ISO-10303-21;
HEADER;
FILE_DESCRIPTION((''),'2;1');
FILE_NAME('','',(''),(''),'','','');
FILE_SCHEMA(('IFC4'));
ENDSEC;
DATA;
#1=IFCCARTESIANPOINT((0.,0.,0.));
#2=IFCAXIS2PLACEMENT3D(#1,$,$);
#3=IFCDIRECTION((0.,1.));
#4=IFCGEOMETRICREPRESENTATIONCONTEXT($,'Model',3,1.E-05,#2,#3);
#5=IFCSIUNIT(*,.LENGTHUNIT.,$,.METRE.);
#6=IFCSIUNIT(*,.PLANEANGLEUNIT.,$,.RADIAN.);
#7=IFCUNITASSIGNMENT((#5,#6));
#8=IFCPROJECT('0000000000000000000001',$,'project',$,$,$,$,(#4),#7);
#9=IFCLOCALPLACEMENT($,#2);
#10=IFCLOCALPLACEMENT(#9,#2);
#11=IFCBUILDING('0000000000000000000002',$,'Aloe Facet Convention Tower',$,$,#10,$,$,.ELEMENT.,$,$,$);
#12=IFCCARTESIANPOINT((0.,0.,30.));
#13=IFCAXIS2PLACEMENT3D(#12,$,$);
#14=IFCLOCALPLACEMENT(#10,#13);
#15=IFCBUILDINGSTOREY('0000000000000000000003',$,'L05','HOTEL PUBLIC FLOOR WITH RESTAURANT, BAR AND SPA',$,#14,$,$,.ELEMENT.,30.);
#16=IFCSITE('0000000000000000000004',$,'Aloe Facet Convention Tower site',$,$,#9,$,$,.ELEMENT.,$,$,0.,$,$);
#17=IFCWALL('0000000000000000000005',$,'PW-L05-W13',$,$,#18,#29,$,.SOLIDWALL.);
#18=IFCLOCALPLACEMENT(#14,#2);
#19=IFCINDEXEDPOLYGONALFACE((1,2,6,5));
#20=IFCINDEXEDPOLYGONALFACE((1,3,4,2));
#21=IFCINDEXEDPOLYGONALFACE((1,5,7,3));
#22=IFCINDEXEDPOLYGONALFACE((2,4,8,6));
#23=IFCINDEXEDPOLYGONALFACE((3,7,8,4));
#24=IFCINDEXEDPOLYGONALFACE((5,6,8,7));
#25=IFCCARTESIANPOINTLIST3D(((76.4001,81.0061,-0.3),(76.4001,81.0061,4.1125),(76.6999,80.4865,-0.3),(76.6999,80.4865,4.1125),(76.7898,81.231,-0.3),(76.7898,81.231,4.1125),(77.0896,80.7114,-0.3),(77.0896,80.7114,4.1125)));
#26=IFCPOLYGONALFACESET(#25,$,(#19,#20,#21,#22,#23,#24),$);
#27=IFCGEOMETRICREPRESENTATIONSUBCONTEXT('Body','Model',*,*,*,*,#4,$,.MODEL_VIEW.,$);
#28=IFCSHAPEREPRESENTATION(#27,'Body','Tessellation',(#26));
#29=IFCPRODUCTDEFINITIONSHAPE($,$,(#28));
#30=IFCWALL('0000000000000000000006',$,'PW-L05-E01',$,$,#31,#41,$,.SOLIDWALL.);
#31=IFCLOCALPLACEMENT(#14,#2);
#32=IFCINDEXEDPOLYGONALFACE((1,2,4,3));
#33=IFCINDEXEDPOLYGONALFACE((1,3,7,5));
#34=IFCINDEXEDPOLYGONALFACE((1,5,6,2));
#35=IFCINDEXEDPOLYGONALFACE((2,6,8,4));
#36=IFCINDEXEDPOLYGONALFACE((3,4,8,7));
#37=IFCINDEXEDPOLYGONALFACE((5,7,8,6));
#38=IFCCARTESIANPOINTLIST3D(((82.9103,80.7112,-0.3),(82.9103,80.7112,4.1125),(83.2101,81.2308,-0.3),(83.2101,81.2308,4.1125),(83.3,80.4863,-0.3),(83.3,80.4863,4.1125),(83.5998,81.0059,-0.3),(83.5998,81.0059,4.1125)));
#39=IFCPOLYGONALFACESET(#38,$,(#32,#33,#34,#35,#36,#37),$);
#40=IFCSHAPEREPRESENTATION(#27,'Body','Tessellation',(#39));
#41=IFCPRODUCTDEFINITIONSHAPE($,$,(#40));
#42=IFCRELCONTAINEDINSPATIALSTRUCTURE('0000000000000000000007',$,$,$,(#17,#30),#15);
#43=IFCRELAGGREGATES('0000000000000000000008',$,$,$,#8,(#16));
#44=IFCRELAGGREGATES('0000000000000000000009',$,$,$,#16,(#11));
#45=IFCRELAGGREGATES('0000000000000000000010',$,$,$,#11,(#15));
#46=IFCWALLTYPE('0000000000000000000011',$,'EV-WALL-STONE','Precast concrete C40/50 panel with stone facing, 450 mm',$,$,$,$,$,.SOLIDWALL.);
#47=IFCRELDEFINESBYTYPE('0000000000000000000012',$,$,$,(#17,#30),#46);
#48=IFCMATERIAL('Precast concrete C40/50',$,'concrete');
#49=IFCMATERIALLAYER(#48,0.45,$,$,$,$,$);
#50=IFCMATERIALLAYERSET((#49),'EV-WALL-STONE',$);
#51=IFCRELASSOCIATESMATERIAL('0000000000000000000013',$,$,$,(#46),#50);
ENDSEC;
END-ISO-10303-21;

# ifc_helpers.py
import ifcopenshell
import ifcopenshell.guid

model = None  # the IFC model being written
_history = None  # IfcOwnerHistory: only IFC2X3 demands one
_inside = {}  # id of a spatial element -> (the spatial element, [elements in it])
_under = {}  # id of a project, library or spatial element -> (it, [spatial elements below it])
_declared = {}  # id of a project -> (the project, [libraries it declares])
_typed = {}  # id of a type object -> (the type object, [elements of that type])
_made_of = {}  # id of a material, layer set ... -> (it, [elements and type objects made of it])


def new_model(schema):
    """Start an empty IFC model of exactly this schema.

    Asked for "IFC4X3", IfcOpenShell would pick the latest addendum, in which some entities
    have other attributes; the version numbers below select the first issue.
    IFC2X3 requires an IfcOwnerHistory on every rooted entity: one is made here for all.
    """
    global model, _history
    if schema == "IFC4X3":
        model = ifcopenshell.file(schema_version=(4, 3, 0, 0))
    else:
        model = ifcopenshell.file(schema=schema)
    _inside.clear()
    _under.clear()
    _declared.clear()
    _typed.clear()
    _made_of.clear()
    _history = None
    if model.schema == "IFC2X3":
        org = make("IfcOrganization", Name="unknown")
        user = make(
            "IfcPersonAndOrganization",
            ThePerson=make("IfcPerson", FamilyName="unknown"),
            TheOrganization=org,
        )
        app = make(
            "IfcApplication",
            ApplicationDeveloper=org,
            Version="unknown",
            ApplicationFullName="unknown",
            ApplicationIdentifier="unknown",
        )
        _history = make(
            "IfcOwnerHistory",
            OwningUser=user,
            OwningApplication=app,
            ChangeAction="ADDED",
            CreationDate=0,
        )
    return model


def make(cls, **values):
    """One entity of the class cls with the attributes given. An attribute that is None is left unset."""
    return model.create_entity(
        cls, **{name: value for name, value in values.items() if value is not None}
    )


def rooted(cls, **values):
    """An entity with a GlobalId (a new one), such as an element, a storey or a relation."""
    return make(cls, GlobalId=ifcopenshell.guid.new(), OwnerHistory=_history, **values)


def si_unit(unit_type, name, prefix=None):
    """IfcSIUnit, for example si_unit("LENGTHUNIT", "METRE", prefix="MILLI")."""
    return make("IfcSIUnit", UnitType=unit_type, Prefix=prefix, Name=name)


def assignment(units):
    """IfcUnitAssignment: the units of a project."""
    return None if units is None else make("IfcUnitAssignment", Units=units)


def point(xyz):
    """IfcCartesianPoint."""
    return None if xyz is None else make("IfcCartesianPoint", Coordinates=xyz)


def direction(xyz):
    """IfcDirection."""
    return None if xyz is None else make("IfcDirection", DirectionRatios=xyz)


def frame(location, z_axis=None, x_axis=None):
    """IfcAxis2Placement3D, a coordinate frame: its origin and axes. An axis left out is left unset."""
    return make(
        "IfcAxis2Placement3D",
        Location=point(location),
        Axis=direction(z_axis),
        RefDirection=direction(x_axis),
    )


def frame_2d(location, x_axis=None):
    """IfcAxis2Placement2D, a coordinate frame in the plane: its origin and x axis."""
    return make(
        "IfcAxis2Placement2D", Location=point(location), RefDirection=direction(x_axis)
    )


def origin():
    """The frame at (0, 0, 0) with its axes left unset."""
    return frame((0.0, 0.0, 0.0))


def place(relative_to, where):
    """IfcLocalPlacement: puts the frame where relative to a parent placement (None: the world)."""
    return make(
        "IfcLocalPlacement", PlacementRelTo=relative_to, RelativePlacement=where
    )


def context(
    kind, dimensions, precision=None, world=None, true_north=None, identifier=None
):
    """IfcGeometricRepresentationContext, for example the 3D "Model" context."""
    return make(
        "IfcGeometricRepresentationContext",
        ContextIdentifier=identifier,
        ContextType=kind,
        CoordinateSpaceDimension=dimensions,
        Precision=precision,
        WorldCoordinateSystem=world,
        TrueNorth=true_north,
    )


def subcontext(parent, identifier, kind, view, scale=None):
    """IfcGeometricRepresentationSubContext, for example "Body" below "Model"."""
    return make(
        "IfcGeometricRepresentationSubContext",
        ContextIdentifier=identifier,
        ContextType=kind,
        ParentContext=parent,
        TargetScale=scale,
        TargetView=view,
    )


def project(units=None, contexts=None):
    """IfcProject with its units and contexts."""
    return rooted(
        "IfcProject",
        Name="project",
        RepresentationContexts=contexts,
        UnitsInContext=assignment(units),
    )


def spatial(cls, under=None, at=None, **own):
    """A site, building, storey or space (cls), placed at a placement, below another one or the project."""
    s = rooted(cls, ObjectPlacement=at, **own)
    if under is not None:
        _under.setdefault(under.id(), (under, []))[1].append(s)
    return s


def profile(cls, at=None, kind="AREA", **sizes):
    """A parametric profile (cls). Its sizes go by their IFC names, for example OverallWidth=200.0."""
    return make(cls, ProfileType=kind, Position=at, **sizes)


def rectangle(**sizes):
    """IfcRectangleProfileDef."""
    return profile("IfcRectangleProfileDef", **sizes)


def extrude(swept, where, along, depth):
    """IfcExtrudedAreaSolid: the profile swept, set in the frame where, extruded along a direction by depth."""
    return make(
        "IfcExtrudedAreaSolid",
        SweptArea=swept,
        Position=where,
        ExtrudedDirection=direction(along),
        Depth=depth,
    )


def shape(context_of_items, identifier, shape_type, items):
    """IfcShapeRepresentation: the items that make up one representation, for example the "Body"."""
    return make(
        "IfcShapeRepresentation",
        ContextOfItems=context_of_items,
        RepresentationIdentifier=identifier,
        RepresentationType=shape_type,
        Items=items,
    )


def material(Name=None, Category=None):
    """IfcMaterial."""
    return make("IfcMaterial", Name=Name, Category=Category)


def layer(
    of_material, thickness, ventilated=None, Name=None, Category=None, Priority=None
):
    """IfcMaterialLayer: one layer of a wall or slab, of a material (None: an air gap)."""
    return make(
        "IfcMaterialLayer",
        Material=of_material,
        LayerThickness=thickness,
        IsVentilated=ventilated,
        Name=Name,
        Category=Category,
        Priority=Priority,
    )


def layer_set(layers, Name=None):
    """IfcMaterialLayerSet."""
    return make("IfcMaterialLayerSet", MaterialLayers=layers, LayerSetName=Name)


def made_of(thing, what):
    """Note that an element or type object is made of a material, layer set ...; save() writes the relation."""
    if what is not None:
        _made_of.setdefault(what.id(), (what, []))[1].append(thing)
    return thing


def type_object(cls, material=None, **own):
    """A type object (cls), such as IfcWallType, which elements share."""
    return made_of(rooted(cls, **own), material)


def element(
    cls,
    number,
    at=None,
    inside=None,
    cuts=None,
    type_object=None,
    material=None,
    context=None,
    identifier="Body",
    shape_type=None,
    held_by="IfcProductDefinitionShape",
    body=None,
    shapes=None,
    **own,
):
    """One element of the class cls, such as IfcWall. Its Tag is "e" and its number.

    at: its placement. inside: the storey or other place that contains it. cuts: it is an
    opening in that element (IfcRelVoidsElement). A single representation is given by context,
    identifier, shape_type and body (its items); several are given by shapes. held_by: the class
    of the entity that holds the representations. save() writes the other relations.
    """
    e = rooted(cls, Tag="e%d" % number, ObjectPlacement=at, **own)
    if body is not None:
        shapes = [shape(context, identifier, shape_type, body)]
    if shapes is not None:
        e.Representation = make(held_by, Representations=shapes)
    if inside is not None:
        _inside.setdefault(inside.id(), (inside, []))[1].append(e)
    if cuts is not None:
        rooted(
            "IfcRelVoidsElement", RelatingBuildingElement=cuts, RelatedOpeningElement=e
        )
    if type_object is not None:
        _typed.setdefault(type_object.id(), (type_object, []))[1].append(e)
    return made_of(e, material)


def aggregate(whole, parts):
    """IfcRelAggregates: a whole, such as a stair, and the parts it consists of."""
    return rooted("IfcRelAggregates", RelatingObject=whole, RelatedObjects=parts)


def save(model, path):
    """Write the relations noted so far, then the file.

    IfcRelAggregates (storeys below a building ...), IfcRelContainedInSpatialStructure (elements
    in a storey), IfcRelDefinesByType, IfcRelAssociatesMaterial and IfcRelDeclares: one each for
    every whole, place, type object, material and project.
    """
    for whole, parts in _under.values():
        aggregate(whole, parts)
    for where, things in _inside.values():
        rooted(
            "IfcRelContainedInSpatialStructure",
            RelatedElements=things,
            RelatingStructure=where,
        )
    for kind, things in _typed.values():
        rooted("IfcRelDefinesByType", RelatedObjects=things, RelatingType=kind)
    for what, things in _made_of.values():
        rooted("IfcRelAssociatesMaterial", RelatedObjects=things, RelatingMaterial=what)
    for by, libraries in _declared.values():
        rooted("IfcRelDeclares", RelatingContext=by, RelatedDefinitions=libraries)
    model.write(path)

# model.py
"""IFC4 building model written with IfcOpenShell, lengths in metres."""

from ifc_helpers import new_model, si_unit, direction, frame, frame_2d, origin, place, context, subcontext, project, spatial, rectangle, extrude, material, layer, layer_set, type_object, element, save


model = new_model("IFC4")

# Units and contexts
model_context = context("Model", 3, precision=1e-05, world=origin(), true_north=direction((0.0, 1.0)))
body_context = subcontext(model_context, "Body", "Model", "MODEL_VIEW")
ifc_project = project(units=[si_unit("LENGTHUNIT", "METRE"), si_unit("PLANEANGLEUNIT", "RADIAN")], contexts=[model_context])

# Site, building, storey
site_placement = place(None, origin())
site = spatial("IfcSite", under=ifc_project, at=site_placement, Name="Aloe Facet Convention Tower site", CompositionType="ELEMENT", RefElevation=0.0)
building_placement = place(site_placement, origin())
building = spatial("IfcBuilding", under=site, at=building_placement, Name="Aloe Facet Convention Tower", CompositionType="ELEMENT")
storey_placement = place(building_placement, frame((0.0, 0.0, 30.0)))
storey = spatial("IfcBuildingStorey", under=building, at=storey_placement, Name="L05", Description="HOTEL PUBLIC FLOOR WITH RESTAURANT, BAR AND SPA", CompositionType="ELEMENT", Elevation=30.0)

# Walls
ifc_material_1 = material(Name="Precast concrete C40/50", Category="concrete")
ifc_layer_1 = layer(ifc_material_1, 0.45)
ifc_layer_set_1 = layer_set([ifc_layer_1], Name="EV-WALL-STONE")
wall_type_1 = type_object("IfcWallType", Name="EV-WALL-STONE", Description="Precast concrete C40/50 panel with stone facing, 450 mm", PredefinedType="SOLIDWALL", material=ifc_layer_set_1)
for number, where, z_axis, x_axis, name in (
    (1, (76.595, 81.1184, -0.3), (0.0, 0.0, 1.0), (0.499816, -0.866131, 0.0), "PW-L05-W13"),
    (2, (83.1052, 80.5989, -0.3), (0.0, 0.0, 1.0), (0.499816, 0.866131, 0.0), "PW-L05-E01"),
):
    element("IfcWall", number, at=place(storey_placement, frame(where, z_axis=z_axis, x_axis=x_axis)), inside=storey, type_object=wall_type_1, Name=name, PredefinedType="SOLIDWALL", context=body_context, shape_type="SweptSolid", body=[
        extrude(rectangle(XDim=0.5999, YDim=0.45, at=frame_2d((0.2998, 0.0))), origin(), (0.0, 0.0, 1.0), 4.4126),
    ])

save(model, "model.ifc")
